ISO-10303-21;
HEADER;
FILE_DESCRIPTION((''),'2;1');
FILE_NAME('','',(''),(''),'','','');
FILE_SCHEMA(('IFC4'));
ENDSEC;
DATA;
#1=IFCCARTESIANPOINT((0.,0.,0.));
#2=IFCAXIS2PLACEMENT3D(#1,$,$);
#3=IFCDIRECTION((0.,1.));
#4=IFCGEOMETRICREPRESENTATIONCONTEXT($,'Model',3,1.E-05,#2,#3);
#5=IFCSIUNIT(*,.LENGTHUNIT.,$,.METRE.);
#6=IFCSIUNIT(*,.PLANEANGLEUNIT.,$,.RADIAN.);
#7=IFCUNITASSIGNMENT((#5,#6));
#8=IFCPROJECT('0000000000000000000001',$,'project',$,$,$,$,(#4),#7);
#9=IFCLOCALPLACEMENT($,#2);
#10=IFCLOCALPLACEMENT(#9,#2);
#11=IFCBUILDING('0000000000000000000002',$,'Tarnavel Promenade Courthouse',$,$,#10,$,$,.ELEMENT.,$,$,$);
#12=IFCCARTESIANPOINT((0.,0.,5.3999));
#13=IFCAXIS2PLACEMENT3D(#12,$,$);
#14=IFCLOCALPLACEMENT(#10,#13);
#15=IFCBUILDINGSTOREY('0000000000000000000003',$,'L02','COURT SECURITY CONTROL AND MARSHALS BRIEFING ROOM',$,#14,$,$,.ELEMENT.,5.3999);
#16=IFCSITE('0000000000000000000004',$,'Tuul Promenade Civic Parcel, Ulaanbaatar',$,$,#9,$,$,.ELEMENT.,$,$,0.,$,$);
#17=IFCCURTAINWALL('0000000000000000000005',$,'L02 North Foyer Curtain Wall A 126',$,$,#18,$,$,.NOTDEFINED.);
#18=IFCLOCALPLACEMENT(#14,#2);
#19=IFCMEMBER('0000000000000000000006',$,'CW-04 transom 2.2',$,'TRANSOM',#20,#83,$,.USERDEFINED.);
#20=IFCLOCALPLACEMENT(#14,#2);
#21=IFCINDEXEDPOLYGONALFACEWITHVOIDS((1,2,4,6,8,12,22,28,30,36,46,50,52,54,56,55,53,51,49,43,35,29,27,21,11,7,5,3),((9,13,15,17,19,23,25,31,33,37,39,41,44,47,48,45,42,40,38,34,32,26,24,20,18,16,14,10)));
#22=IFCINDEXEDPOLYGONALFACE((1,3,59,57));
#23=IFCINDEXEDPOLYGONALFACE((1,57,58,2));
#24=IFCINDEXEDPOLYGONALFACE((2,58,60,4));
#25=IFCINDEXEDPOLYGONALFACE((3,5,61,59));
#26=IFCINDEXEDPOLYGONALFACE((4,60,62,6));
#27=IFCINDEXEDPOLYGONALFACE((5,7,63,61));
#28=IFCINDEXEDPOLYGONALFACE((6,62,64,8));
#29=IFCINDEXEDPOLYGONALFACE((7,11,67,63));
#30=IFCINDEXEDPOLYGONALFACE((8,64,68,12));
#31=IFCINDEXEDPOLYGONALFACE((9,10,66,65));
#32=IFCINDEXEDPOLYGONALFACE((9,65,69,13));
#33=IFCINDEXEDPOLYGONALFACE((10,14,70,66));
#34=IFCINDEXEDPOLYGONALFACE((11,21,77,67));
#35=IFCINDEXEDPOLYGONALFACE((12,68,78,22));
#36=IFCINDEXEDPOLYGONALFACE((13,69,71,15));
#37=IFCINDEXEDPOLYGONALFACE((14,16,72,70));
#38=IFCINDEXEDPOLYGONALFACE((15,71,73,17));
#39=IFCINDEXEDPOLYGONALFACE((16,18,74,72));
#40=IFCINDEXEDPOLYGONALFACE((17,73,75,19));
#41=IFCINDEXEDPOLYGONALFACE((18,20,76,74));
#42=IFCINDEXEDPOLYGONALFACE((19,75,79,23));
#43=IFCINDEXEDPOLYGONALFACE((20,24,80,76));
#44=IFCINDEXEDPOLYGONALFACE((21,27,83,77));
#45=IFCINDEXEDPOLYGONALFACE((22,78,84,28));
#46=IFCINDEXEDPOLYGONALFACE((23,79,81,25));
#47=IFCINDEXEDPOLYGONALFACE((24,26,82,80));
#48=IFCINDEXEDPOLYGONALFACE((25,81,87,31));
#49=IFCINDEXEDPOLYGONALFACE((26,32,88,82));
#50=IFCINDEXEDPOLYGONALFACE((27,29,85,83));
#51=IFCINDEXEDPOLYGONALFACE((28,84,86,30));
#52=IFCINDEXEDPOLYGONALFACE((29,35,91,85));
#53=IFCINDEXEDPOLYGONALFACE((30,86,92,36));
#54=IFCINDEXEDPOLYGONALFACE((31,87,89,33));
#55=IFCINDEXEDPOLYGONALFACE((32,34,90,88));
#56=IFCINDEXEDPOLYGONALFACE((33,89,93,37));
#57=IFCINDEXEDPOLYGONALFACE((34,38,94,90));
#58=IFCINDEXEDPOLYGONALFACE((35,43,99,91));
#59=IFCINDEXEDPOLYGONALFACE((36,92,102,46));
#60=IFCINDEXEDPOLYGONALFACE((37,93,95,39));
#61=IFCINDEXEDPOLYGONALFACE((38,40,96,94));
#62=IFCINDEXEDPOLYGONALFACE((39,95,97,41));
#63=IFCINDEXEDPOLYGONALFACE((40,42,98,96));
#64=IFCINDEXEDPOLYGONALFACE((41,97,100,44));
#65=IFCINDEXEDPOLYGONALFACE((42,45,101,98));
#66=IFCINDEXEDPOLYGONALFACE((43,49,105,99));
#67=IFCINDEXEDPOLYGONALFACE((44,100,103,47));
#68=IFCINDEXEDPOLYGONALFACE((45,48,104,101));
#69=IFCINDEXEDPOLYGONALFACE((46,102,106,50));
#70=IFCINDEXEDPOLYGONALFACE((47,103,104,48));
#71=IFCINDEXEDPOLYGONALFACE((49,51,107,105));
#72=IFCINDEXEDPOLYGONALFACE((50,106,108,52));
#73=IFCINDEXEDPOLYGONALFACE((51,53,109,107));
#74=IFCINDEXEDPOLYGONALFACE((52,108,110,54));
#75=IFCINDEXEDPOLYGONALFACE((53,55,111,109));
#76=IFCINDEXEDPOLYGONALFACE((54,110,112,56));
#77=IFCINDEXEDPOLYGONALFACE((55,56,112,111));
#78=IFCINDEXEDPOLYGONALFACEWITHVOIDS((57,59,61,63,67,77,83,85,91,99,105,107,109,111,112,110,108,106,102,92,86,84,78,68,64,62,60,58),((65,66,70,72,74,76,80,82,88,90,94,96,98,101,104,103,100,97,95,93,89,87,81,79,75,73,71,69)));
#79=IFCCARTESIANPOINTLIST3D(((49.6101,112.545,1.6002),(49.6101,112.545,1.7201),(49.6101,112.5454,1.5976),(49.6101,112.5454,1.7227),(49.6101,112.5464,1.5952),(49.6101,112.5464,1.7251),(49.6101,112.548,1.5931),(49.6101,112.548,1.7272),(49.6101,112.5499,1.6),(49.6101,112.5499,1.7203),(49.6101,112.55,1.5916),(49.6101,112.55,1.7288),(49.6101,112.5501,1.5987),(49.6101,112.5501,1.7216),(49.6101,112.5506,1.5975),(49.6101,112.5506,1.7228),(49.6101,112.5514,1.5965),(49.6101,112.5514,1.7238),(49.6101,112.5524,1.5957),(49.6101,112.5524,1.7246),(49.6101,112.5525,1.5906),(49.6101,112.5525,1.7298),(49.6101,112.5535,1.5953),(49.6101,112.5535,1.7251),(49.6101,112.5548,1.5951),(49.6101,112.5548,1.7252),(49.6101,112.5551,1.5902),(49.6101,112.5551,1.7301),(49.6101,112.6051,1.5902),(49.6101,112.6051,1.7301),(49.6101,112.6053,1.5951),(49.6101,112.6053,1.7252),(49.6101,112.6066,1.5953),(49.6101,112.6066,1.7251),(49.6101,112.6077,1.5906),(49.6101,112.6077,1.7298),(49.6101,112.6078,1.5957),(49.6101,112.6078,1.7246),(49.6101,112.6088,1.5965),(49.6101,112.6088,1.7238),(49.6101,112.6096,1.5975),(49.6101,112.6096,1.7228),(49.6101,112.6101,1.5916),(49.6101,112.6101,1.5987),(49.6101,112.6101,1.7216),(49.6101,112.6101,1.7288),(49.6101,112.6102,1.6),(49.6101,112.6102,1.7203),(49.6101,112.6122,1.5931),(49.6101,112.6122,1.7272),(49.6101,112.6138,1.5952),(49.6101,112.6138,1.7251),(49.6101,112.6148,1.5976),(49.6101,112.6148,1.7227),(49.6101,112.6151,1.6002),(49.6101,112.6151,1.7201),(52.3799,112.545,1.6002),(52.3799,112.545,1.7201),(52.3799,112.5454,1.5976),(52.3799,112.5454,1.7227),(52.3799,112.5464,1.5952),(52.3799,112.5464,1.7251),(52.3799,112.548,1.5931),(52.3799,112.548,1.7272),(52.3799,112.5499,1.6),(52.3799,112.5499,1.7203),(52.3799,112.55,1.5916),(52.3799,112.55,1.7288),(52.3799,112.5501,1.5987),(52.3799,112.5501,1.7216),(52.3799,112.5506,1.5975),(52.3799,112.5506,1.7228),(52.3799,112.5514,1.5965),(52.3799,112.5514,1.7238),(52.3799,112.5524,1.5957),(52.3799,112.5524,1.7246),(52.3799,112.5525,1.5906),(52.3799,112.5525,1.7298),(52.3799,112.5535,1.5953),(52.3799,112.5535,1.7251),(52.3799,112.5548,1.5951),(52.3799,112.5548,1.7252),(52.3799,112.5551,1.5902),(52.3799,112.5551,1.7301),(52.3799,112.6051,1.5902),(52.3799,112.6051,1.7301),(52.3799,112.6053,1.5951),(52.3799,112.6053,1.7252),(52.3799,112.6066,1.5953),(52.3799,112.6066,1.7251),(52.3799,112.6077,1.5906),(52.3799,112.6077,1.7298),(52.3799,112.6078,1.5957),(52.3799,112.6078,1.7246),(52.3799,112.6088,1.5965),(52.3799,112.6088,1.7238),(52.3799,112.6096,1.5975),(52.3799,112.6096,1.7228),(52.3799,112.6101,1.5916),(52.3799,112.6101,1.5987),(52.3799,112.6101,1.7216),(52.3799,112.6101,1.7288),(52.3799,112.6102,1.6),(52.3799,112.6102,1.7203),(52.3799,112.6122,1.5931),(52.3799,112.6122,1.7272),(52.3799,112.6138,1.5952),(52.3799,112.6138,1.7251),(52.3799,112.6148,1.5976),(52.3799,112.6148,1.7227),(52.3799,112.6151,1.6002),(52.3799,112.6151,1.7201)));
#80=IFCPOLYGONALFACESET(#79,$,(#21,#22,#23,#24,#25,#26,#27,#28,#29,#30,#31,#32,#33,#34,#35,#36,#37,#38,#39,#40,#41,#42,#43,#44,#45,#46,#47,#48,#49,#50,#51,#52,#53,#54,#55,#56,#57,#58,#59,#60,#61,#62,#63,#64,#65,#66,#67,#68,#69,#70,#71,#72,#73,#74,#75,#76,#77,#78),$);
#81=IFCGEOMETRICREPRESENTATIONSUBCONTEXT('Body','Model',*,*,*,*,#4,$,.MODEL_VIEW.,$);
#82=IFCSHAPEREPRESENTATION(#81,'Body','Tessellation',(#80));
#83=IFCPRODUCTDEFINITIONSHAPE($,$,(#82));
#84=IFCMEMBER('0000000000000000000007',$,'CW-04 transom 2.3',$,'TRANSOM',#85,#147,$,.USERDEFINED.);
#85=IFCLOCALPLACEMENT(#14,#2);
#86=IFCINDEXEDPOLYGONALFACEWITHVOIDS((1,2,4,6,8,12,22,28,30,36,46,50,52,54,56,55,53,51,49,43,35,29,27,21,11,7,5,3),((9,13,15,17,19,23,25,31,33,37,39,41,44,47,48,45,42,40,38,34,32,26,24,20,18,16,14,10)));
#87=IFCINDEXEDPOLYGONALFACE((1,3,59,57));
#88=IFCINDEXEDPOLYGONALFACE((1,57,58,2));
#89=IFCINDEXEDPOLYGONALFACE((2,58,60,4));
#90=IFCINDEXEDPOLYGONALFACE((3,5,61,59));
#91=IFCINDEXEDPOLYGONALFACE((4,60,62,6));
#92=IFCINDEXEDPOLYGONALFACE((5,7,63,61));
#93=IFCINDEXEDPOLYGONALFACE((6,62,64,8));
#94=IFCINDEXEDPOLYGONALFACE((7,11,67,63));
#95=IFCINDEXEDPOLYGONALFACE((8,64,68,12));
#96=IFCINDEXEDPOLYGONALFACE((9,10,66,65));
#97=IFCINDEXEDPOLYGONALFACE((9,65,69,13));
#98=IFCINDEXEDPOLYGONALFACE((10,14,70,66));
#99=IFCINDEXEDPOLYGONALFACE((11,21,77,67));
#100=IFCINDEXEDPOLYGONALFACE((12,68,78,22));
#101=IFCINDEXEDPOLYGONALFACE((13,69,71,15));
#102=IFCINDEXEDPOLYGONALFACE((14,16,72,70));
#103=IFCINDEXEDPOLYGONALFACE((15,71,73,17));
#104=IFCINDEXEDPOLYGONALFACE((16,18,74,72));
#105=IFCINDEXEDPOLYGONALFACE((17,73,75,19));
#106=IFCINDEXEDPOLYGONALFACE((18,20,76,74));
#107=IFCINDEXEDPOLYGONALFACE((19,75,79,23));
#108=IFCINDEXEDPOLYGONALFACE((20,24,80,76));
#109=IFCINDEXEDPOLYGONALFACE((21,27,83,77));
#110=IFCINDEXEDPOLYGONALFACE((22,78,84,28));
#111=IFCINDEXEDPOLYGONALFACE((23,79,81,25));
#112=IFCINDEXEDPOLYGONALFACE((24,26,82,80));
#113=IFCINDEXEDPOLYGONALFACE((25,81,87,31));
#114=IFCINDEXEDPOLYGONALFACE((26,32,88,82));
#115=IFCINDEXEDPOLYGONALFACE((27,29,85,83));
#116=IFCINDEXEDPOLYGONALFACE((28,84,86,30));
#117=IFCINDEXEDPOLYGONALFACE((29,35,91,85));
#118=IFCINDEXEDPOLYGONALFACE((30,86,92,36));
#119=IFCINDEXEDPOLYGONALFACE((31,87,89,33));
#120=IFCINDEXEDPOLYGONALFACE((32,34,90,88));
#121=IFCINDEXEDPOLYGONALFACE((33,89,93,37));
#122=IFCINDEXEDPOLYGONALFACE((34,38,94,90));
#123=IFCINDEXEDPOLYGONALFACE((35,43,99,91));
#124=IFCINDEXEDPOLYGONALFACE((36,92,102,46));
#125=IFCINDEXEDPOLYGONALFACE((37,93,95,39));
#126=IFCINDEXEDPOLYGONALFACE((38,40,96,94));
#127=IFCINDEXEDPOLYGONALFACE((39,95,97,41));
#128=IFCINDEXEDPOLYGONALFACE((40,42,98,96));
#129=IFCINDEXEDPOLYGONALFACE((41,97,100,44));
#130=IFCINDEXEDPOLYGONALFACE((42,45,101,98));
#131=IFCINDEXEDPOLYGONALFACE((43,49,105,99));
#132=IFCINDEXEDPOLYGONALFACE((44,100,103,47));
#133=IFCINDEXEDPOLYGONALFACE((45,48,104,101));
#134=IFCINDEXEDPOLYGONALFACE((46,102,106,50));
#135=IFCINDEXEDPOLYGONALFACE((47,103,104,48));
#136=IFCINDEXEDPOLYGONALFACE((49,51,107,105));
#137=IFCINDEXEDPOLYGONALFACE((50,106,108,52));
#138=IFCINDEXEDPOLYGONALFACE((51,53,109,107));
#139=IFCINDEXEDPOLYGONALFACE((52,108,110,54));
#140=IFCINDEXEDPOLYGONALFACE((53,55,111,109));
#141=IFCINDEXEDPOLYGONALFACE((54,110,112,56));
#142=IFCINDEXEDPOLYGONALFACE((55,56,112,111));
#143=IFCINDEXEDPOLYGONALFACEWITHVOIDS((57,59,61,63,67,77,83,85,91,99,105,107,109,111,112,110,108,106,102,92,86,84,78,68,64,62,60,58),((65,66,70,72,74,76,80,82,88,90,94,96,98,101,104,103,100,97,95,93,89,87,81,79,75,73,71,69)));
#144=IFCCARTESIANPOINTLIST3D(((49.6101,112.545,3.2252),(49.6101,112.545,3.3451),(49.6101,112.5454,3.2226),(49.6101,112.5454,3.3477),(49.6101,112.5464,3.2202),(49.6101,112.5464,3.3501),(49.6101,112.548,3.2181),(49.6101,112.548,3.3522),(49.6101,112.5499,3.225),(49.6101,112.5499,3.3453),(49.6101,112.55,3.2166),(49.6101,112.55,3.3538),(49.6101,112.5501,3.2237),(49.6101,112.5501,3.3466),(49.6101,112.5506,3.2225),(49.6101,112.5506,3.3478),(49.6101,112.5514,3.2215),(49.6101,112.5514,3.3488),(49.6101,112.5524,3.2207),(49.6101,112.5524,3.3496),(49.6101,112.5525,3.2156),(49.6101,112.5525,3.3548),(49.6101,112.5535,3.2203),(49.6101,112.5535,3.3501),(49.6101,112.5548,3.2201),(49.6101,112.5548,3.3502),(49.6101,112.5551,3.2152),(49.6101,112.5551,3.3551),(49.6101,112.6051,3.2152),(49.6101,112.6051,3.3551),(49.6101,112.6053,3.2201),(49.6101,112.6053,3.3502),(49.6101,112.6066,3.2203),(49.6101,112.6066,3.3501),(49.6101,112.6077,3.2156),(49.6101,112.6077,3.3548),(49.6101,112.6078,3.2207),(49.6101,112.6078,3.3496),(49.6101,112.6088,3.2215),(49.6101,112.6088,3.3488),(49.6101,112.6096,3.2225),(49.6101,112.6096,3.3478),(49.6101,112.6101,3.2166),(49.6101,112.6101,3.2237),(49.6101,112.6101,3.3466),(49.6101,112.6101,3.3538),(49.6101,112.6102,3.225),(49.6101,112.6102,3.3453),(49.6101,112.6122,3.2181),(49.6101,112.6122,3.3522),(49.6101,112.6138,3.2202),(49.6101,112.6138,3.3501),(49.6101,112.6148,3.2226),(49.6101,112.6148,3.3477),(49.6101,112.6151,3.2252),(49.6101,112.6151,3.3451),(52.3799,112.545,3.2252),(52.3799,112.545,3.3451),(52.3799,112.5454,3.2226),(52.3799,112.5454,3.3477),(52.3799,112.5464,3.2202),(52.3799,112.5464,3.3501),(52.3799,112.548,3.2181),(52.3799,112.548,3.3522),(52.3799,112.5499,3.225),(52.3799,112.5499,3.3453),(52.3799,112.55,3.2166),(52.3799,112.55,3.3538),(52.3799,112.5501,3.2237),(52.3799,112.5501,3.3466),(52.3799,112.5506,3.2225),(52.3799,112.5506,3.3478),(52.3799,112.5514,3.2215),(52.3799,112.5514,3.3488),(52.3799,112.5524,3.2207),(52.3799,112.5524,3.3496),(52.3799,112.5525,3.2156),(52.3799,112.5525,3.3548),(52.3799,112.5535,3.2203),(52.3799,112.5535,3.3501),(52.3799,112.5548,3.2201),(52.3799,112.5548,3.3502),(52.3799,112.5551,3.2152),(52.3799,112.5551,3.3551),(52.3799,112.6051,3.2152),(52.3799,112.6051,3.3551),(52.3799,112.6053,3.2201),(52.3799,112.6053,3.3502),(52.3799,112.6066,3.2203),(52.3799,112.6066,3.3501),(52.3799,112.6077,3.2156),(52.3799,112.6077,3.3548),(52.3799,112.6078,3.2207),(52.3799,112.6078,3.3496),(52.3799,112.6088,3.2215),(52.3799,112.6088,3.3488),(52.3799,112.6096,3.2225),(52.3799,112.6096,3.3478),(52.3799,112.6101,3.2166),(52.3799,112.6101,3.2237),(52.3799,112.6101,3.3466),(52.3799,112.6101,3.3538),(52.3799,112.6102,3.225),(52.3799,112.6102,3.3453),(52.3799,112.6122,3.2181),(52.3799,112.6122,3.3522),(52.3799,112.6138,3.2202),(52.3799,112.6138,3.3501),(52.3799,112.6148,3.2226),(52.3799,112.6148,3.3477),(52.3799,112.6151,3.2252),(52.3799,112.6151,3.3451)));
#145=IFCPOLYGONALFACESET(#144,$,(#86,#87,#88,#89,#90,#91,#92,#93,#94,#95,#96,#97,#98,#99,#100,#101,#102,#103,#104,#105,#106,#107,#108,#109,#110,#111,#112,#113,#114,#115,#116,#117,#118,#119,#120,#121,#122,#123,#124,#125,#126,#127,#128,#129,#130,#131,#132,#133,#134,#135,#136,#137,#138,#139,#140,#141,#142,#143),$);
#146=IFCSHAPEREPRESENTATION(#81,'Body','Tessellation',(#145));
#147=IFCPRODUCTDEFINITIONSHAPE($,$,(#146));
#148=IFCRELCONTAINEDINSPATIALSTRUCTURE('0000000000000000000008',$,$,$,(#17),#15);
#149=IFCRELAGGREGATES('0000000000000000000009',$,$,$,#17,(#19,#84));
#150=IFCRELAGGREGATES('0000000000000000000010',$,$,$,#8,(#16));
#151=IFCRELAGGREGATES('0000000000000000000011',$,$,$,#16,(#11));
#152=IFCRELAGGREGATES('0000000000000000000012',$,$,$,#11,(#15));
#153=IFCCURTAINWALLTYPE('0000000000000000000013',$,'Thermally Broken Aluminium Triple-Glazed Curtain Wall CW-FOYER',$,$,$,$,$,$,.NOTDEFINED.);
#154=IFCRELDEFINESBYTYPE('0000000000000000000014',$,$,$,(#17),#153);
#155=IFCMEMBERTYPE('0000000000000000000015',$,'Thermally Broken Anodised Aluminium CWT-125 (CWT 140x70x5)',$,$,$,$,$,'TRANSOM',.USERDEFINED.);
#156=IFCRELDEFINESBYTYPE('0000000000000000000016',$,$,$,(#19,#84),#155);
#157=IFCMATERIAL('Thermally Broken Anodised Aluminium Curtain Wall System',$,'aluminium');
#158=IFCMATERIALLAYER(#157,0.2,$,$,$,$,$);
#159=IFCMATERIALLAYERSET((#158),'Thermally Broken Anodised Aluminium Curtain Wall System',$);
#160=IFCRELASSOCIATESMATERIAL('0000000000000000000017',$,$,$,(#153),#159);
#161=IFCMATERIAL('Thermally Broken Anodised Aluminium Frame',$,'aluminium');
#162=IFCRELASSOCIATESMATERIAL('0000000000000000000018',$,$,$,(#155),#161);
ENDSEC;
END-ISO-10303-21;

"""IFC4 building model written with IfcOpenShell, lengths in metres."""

from ifc_helpers import new_model, si_unit, direction, frame, origin, origin_2d, place, context, subcontext, project, spatial, hollow_rectangle, extrude, material, layer, layer_set, material_profile, profile_set, type_object, element, aggregate, save


model = new_model("IFC4")

# Units and contexts
model_context = context("Model", 3, precision=1e-05, world=origin(), true_north=direction((0.0, 1.0)))
body_context = subcontext(model_context, "Body", "Model", "MODEL_VIEW")
ifc_project = project(units=[si_unit("LENGTHUNIT", "METRE"), si_unit("PLANEANGLEUNIT", "RADIAN")], contexts=[model_context])

# Site, building, storey
site_placement = place(None, origin())
site = spatial("IfcSite", under=ifc_project, at=site_placement, Name="Tuul Promenade Civic Parcel, Ulaanbaatar", CompositionType="ELEMENT", RefElevation=0.0)
building_placement = place(site_placement, origin())
building = spatial("IfcBuilding", under=site, at=building_placement, Name="Tarnavel Promenade Courthouse", CompositionType="ELEMENT")
storey_placement = place(building_placement, frame((0.0, 0.0, 5.3999)))
storey = spatial("IfcBuildingStorey", under=building, at=storey_placement, Name="L02", Description="COURT SECURITY CONTROL AND MARSHALS BRIEFING ROOM", CompositionType="ELEMENT", Elevation=5.3999)

# Curtain wall
ifc_material_1 = material(Name="Thermally Broken Anodised Aluminium Curtain Wall System", Category="aluminium")
ifc_layer_1 = layer(ifc_material_1, 0.2)
ifc_layer_set_1 = layer_set([ifc_layer_1], Name="Thermally Broken Anodised Aluminium Curtain Wall System")
curtain_wall_type = type_object("IfcCurtainWallType", Name="Thermally Broken Aluminium Triple-Glazed Curtain Wall CW-FOYER", PredefinedType="NOTDEFINED", material=ifc_layer_set_1)
curtain_wall_1_placement = place(storey_placement, origin())
curtain_wall_1 = element("IfcCurtainWall", 1, at=curtain_wall_1_placement, inside=storey, type_object=curtain_wall_type, Name="L02 North Foyer Curtain Wall A 126", PredefinedType="NOTDEFINED")
ifc_material_2 = material(Name="Thermally Broken Anodised Aluminium Frame", Category="aluminium")

# Members
ifc_material_profile_1 = material_profile(ifc_material_2, hollow_rectangle(XDim=0.0701, YDim=0.1399, WallThickness=0.0049, InnerFilletRadius=0.0049, OuterFilletRadius=0.01, at=origin_2d()), Name="CWT 140x70x5")
ifc_profile_set_1 = profile_set([ifc_material_profile_1], Name="Thermally Broken Anodised Aluminium Frame")
member_type_1 = type_object("IfcMemberType", Name="Thermally Broken Anodised Aluminium CWT-125 (CWT 140x70x5)", ElementType="TRANSOM", PredefinedType="USERDEFINED", material=ifc_profile_set_1)
member_1_placement = place(storey_placement, frame((49.6101, 112.5801, 1.6602), z_axis=(1.0, 0.0, 0.0), x_axis=(0.0, 1.0, 0.0)))
member_1 = element("IfcMember", 2, at=member_1_placement, type_object=member_type_1, Name="CW-04 transom 2.2", ObjectType="TRANSOM", PredefinedType="USERDEFINED", context=body_context, shape_type="SweptSolid", body=[
    extrude(hollow_rectangle(XDim=0.0701, YDim=0.1399, WallThickness=0.0049, InnerFilletRadius=0.0049, OuterFilletRadius=0.01, at=origin_2d()), origin(), (0.0, 0.0, 1.0), 2.7698),
])
member_2_placement = place(storey_placement, frame((49.6101, 112.5801, 3.2852), z_axis=(1.0, 0.0, 0.0), x_axis=(0.0, 1.0, 0.0)))
member_2 = element("IfcMember", 3, at=member_2_placement, type_object=member_type_1, Name="CW-04 transom 2.3", ObjectType="TRANSOM", PredefinedType="USERDEFINED", context=body_context, shape_type="SweptSolid", body=[
    extrude(hollow_rectangle(XDim=0.0701, YDim=0.1399, WallThickness=0.0049, InnerFilletRadius=0.0049, OuterFilletRadius=0.01, at=origin_2d()), origin(), (0.0, 0.0, 1.0), 2.7698),
])

aggregate(curtain_wall_1, [member_1, member_2])

save(model, "model.ifc")
